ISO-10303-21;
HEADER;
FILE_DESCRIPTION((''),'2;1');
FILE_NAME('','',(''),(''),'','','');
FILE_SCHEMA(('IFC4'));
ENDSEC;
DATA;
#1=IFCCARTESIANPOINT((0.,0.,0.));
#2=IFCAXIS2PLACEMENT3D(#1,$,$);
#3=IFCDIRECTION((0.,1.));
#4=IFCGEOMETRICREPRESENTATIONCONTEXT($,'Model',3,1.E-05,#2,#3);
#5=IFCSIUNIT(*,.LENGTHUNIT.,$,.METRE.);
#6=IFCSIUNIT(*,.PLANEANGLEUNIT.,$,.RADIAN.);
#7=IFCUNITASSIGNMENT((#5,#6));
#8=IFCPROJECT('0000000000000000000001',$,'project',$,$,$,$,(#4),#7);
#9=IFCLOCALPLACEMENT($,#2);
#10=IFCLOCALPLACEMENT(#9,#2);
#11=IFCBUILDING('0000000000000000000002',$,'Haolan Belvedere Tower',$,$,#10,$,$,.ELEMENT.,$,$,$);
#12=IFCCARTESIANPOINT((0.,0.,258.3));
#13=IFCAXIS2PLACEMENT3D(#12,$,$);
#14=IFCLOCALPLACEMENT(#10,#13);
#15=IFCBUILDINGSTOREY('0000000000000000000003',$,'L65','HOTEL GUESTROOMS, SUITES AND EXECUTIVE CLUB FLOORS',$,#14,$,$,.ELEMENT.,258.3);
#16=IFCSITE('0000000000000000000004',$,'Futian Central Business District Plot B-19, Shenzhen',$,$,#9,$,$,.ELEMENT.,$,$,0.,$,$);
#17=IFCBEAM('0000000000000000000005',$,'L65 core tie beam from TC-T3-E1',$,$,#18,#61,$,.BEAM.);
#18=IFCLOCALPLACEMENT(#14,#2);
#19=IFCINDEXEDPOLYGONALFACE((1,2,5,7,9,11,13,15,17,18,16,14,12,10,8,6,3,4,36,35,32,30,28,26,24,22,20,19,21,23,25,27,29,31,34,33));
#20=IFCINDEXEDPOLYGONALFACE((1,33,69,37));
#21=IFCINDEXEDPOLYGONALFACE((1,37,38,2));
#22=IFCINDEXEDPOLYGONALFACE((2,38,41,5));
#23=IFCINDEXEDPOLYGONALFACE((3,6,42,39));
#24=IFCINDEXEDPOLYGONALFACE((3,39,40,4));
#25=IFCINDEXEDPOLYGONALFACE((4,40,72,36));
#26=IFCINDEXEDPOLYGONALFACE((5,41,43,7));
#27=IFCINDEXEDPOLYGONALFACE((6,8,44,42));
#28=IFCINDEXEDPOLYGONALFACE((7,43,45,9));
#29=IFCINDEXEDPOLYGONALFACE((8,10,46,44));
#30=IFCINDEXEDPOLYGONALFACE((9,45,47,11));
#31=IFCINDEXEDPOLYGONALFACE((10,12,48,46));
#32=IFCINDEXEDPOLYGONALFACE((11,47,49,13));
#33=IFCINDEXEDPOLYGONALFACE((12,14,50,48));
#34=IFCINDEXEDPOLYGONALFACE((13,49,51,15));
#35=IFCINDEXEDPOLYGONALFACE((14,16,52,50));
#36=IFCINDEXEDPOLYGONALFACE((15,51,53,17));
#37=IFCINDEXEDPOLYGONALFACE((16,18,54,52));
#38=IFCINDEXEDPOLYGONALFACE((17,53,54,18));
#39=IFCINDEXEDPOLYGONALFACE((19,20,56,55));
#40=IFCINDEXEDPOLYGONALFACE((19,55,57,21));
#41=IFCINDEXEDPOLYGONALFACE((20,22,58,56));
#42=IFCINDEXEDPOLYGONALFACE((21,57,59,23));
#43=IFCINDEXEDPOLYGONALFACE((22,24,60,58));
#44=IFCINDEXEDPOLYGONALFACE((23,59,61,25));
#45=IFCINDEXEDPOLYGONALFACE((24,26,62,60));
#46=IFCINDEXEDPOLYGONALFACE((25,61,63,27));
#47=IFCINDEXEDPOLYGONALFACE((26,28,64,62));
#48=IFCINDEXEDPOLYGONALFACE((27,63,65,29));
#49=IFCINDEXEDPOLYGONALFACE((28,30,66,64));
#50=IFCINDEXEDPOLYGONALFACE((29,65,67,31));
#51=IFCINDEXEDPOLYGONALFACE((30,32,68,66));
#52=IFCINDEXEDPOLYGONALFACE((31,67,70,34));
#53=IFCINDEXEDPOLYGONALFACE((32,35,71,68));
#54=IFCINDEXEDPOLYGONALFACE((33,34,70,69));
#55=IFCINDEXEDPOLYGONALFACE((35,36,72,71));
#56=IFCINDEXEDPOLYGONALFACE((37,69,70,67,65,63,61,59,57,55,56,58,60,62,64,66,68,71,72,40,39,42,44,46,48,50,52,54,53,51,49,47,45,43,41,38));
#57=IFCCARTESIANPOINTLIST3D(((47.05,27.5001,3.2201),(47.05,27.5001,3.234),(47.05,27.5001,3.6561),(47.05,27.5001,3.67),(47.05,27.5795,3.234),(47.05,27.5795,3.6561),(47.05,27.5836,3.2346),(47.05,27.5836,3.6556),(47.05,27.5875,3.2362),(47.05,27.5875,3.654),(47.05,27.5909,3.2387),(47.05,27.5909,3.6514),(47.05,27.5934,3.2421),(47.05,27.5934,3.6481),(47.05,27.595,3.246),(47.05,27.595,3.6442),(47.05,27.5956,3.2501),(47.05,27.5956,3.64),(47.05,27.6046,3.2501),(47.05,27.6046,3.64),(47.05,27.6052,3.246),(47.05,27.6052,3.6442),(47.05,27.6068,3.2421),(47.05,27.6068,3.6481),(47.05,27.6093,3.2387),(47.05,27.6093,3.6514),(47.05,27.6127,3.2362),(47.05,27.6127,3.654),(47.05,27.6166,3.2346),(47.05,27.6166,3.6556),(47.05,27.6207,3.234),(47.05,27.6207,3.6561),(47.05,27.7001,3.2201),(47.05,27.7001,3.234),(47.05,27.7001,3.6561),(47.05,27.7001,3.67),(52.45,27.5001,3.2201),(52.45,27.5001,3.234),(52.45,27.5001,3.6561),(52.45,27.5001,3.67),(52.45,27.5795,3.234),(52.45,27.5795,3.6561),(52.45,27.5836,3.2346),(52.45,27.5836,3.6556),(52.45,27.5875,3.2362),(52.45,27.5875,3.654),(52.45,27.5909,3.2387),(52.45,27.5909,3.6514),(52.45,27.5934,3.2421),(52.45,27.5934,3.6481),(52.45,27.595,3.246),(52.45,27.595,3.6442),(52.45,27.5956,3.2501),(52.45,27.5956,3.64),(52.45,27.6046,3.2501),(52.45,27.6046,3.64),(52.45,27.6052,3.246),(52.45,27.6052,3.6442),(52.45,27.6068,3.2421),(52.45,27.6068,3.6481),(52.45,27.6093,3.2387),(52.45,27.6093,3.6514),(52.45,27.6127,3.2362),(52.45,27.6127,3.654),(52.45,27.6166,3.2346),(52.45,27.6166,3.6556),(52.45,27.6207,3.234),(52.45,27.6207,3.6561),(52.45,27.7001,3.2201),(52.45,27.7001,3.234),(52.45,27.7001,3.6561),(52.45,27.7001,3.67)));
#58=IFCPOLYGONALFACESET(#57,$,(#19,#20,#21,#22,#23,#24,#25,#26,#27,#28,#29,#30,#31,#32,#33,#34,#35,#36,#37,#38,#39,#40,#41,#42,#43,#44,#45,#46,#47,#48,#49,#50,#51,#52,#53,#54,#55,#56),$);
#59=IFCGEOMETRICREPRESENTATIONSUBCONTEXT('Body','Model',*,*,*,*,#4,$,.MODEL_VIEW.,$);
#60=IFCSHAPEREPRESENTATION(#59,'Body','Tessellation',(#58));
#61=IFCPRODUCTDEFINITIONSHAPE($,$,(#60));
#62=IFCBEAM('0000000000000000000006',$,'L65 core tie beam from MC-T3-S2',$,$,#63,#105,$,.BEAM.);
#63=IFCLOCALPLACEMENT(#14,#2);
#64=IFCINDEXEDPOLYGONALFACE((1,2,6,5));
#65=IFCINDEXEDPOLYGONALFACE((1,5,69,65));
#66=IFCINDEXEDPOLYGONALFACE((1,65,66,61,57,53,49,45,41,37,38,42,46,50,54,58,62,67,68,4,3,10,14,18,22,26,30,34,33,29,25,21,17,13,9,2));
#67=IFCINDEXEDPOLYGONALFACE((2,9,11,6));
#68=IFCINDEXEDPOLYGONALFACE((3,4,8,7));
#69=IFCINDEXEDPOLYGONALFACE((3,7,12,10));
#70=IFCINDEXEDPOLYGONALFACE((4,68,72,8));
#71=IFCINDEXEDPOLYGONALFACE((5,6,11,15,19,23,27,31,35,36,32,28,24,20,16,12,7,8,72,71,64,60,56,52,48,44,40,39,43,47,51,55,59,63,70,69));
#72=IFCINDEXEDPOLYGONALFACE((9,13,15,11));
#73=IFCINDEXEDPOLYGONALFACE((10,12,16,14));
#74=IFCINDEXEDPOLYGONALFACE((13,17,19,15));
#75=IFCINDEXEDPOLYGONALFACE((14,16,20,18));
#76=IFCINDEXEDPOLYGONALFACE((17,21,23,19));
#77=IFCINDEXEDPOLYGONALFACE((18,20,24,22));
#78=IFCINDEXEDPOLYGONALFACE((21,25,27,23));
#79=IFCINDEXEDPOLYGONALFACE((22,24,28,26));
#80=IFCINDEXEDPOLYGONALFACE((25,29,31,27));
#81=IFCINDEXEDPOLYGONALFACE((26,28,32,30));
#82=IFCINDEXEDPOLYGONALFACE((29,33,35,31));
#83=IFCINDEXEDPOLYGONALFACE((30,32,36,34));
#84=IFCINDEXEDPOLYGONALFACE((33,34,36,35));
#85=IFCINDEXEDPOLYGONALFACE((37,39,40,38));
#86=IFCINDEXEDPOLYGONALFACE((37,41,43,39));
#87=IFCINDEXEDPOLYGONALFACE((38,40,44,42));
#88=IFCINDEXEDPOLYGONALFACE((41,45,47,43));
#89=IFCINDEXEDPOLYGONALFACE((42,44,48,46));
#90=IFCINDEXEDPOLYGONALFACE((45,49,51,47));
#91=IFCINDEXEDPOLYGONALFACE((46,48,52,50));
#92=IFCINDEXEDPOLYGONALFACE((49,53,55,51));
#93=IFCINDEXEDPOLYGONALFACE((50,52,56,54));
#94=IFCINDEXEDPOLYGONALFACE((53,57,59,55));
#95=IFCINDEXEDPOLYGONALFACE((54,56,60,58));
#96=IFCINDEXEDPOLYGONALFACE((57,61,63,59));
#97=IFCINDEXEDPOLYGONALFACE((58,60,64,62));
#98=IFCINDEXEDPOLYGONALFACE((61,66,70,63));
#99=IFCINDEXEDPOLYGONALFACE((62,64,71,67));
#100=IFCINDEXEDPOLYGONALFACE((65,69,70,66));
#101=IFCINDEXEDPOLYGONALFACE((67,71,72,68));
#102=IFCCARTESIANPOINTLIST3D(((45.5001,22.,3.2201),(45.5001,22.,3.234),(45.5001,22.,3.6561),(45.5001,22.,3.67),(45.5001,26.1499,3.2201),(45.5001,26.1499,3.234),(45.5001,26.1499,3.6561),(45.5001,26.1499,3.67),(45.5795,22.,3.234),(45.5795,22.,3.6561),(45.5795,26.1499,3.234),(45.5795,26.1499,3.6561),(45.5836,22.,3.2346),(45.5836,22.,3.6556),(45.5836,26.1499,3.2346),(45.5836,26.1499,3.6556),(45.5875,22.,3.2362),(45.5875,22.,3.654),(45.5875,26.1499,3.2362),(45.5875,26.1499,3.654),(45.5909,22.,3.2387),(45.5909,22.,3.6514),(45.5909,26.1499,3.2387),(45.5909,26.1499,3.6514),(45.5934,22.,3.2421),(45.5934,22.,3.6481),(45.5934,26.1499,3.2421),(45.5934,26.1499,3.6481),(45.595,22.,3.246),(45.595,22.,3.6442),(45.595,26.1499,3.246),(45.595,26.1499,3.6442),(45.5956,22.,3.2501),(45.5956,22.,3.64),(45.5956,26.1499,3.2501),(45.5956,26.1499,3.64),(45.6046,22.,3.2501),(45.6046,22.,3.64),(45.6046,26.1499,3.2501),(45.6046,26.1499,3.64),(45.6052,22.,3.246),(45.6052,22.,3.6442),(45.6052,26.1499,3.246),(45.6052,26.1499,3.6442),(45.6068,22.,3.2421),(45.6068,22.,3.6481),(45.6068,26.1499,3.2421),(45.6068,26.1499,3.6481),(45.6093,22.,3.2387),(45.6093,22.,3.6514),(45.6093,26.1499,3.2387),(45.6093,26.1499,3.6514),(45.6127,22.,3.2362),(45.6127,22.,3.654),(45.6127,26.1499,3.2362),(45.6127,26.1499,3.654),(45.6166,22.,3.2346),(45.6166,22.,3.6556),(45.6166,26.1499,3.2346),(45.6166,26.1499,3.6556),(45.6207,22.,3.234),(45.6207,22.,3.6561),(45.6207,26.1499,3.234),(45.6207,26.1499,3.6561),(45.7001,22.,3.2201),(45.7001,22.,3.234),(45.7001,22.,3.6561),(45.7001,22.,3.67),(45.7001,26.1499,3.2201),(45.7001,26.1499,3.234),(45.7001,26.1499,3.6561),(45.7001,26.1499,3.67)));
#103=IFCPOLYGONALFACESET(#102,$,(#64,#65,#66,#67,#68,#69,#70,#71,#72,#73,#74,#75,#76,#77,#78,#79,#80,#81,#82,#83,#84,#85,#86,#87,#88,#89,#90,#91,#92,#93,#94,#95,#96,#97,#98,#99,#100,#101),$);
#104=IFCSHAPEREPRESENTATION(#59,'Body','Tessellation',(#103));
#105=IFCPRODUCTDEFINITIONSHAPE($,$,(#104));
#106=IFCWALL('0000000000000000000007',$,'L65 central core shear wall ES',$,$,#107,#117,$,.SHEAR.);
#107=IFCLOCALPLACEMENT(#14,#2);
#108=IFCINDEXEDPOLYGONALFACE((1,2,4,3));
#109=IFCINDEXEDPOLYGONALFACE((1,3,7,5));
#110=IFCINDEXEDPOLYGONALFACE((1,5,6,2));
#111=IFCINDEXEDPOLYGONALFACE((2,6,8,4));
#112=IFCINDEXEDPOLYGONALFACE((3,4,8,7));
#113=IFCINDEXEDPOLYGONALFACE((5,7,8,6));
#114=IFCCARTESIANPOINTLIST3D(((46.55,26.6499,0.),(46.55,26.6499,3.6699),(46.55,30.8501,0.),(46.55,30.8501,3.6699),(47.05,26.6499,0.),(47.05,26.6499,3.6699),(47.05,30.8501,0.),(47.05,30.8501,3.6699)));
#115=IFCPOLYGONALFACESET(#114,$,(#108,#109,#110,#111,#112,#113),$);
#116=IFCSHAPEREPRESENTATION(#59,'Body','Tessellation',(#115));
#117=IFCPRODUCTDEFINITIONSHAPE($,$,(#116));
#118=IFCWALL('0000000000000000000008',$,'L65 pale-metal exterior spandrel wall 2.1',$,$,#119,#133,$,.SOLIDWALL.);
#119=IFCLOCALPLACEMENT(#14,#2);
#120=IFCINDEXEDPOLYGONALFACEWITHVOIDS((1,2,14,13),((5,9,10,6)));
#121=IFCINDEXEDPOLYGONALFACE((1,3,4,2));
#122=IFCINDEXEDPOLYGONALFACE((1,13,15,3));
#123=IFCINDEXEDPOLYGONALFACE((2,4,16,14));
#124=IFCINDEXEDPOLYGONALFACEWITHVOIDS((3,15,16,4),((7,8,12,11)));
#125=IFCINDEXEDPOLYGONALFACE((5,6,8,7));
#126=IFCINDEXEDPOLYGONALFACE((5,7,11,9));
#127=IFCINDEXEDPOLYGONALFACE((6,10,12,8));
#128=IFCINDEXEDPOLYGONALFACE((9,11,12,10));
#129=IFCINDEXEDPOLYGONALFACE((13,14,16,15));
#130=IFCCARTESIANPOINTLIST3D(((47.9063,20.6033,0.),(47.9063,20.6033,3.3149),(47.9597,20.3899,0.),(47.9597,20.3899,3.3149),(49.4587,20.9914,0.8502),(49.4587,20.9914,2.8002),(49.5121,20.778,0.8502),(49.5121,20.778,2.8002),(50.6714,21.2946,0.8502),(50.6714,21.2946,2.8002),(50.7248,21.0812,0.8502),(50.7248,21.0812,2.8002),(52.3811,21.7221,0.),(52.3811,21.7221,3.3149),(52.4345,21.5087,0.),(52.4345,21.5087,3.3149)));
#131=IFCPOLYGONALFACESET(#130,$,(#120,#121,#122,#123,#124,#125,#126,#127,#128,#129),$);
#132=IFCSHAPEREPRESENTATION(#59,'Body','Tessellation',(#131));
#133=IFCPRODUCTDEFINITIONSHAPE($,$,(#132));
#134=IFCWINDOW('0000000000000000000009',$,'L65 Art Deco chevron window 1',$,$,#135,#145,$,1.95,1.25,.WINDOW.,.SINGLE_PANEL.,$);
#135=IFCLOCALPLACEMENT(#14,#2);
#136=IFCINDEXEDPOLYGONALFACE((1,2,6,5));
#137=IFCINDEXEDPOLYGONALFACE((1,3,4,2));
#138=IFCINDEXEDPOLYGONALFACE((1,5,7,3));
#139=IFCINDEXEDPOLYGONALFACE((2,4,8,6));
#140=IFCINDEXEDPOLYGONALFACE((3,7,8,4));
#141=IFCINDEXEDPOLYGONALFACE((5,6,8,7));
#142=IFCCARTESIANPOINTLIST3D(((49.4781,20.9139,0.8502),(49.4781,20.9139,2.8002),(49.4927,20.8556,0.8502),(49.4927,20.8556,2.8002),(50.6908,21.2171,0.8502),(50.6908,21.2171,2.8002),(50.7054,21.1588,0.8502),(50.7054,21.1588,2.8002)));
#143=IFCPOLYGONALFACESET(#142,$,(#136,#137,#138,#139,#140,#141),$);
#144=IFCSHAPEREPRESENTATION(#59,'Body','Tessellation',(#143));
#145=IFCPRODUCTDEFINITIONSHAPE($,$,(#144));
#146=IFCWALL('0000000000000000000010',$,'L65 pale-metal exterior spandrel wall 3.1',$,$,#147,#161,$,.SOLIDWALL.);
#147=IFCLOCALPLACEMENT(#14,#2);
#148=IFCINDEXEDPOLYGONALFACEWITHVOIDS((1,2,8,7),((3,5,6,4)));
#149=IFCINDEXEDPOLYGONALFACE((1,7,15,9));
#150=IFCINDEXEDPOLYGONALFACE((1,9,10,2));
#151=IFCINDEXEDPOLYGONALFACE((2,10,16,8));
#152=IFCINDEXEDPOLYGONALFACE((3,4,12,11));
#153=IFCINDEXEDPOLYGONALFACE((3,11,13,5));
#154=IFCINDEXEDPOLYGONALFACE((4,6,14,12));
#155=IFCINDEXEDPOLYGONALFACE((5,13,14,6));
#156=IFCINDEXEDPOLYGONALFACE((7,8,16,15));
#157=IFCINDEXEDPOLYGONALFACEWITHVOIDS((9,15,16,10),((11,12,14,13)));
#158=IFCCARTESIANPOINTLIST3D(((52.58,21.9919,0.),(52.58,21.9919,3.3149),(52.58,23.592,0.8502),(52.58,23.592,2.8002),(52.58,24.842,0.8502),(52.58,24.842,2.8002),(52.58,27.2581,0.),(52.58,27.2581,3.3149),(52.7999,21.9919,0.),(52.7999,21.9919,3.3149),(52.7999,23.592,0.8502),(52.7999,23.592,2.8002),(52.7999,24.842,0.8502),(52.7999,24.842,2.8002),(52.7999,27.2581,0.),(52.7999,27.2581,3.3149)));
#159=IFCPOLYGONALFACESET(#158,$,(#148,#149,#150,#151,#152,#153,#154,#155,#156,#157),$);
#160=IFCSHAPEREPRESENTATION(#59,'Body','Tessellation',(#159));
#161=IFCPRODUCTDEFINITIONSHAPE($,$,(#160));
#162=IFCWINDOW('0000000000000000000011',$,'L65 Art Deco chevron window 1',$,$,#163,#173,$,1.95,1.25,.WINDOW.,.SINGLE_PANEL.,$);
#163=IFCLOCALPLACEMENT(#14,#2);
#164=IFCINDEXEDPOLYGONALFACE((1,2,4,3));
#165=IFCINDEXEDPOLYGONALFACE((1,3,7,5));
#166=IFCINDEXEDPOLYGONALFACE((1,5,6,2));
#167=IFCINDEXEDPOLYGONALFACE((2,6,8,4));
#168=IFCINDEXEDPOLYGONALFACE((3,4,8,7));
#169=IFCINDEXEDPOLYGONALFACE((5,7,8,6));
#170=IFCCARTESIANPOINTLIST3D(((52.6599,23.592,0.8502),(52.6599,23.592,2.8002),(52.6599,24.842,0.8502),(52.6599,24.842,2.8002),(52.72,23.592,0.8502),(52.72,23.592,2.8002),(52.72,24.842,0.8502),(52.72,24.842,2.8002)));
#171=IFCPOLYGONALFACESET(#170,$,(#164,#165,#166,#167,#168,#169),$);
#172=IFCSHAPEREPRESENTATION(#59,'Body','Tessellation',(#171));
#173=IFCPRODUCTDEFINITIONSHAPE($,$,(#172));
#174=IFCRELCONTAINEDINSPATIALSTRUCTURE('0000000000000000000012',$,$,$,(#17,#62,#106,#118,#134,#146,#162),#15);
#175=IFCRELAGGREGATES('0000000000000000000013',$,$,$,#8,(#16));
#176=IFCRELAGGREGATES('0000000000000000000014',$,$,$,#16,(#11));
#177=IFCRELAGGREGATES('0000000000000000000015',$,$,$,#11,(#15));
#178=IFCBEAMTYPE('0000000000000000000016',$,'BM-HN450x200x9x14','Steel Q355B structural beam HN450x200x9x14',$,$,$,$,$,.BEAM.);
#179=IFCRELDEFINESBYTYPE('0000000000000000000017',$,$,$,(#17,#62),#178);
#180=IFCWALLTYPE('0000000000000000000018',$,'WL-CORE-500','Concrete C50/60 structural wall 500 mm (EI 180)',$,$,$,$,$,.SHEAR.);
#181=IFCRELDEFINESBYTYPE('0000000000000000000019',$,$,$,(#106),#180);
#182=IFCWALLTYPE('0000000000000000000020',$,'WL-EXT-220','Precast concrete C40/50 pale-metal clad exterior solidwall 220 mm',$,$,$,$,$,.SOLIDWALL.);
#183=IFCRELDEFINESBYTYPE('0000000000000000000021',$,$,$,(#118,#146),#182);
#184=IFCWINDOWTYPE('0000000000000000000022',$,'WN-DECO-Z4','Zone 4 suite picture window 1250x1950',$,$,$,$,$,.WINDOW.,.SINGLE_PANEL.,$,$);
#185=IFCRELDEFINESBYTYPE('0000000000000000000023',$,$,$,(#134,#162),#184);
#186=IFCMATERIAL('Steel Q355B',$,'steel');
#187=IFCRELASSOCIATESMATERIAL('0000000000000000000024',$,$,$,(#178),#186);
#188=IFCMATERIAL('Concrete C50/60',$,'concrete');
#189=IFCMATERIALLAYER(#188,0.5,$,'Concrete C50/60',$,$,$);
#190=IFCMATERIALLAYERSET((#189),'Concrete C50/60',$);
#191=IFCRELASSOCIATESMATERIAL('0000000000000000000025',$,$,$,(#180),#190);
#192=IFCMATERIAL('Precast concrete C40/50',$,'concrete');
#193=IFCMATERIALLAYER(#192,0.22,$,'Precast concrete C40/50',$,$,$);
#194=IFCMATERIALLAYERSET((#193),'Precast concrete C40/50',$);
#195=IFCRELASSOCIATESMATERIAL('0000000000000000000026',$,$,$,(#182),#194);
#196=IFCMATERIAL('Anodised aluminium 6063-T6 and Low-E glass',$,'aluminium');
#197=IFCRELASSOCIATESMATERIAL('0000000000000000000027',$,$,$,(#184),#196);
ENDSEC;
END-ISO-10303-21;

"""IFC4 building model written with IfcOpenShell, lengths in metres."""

from ifc_helpers import new_model, si_unit, direction, frame, frame_2d, origin, origin_2d, place, context, subcontext, project, spatial, rectangle, i_section, extrude, material, layer, layer_set, material_profile, profile_set, type_object, element, fill, save


model = new_model("IFC4")

# Units and contexts
model_context = context("Model", 3, precision=1e-05, world=origin(), true_north=direction((0.0, 1.0)))
body_context = subcontext(model_context, "Body", "Model", "MODEL_VIEW")
ifc_project = project(units=[si_unit("LENGTHUNIT", "METRE"), si_unit("PLANEANGLEUNIT", "RADIAN")], contexts=[model_context])

# Site, building, storey
site_placement = place(None, origin())
site = spatial("IfcSite", under=ifc_project, at=site_placement, Name="Futian Central Business District Plot B-19, Shenzhen", CompositionType="ELEMENT", RefElevation=0.0)
building_placement = place(site_placement, origin())
building = spatial("IfcBuilding", under=site, at=building_placement, Name="Haolan Belvedere Tower", CompositionType="ELEMENT")
storey_placement = place(building_placement, frame((0.0, 0.0, 258.3)))
storey = spatial("IfcBuildingStorey", under=building, at=storey_placement, Name="L65", Description="HOTEL GUESTROOMS, SUITES AND EXECUTIVE CLUB FLOORS", CompositionType="ELEMENT", Elevation=258.3)

# Beams
ifc_material_1 = material(Name="Steel Q355B", Category="steel")
ifc_material_profile_1 = material_profile(ifc_material_1, i_section(OverallWidth=0.2, OverallDepth=0.45, WebThickness=0.009, FlangeThickness=0.0139, FilletRadius=0.0161, at=origin_2d()), Name="Steel Q355B")
ifc_profile_set_1 = profile_set([ifc_material_profile_1], Name="Steel Q355B")
beam_type_1 = type_object("IfcBeamType", Name="BM-HN450x200x9x14", Description="Steel Q355B structural beam HN450x200x9x14", PredefinedType="BEAM", material=ifc_profile_set_1)
beam_1_placement = place(storey_placement, frame((52.45, 27.6001, 3.4451), z_axis=(-1.0, 0.0, 0.0), x_axis=(0.0, -1.0, 0.0)))
element("IfcBeam", 1, at=beam_1_placement, inside=storey, type_object=beam_type_1, Name="L65 core tie beam from TC-T3-E1", PredefinedType="BEAM", context=body_context, shape_type="SweptSolid", body=[
    extrude(i_section(OverallWidth=0.2, OverallDepth=0.45, WebThickness=0.009, FlangeThickness=0.0139, FilletRadius=0.0161, at=origin_2d()), origin(), (0.0, 0.0, 1.0), 5.3999),
])
beam_2_placement = place(storey_placement, frame((45.6001, 22.0, 3.4451), z_axis=(0.0, 1.0, 0.0), x_axis=(-1.0, 0.0, 0.0)))
element("IfcBeam", 2, at=beam_2_placement, inside=storey, type_object=beam_type_1, Name="L65 core tie beam from MC-T3-S2", PredefinedType="BEAM", context=body_context, shape_type="SweptSolid", body=[
    extrude(i_section(OverallWidth=0.2, OverallDepth=0.45, WebThickness=0.009, FlangeThickness=0.0139, FilletRadius=0.0161, at=origin_2d()), origin(), (0.0, 0.0, 1.0), 4.1499),
])

# Wall
ifc_material_2 = material(Name="Concrete C50/60", Category="concrete")
ifc_layer_1 = layer(ifc_material_2, 0.5, Name="Concrete C50/60")
ifc_layer_set_1 = layer_set([ifc_layer_1], Name="Concrete C50/60")
wall_type_1 = type_object("IfcWallType", Name="WL-CORE-500", Description="Concrete C50/60 structural wall 500 mm (EI 180)", PredefinedType="SHEAR", material=ifc_layer_set_1)
wall_1_placement = place(storey_placement, frame((46.8, 26.6499, 0.0), z_axis=(0.0, 0.0, 1.0), x_axis=(0.0, 1.0, 0.0)))
element("IfcWall", 3, at=wall_1_placement, inside=storey, type_object=wall_type_1, Name="L65 central core shear wall ES", PredefinedType="SHEAR", context=body_context, shape_type="SweptSolid", body=[
    extrude(rectangle(XDim=4.2002, YDim=0.5, at=frame_2d((2.1001, 0.0))), origin(), (0.0, 0.0, 1.0), 3.6699),
])

# Walls, openings, windows
ifc_material_3 = material(Name="Precast concrete C40/50", Category="concrete")
ifc_layer_2 = layer(ifc_material_3, 0.22, Name="Precast concrete C40/50")
ifc_layer_set_2 = layer_set([ifc_layer_2], Name="Precast concrete C40/50")
wall_type_2 = type_object("IfcWallType", Name="WL-EXT-220", Description="Precast concrete C40/50 pale-metal clad exterior solidwall 220 mm", PredefinedType="SOLIDWALL", material=ifc_layer_set_2)
wall_2_placement = place(storey_placement, frame((47.9331, 20.4966, 0.0), z_axis=(0.0, 0.0, 1.0), x_axis=(0.970133, 0.242573, 0.0)))
wall_2 = element("IfcWall", 4, at=wall_2_placement, inside=storey, type_object=wall_type_2, Name="L65 pale-metal exterior spandrel wall 2.1", PredefinedType="SOLIDWALL", context=body_context, shape_type="SweptSolid", body=[
    extrude(rectangle(XDim=4.6125, YDim=0.22, at=frame_2d((2.3062, 0.0))), origin(), (0.0, 0.0, 1.0), 3.3149),
])
opening_1_placement = place(wall_2_placement, frame((1.6001, 0.0, 0.8501)))
opening_1 = element("IfcOpeningElement", 5, at=opening_1_placement, cuts=wall_2, PredefinedType="OPENING", context=body_context, shape_type="SweptSolid", body=[
    extrude(rectangle(XDim=1.25, YDim=1.95, at=frame_2d((0.625, 0.9751))), frame((0.0, 0.1199, 0.0), z_axis=(0.0, -1.0, 0.0), x_axis=(1.0, 0.0, 0.0)), (0.0, 0.0, 1.0), 0.24),
])
ifc_material_4 = material(Name="Anodised aluminium 6063-T6 and Low-E glass", Category="aluminium")
window_type = type_object("IfcWindowType", Name="WN-DECO-Z4", Description="Zone 4 suite picture window 1250x1950", PartitioningType="SINGLE_PANEL", PredefinedType="WINDOW", material=ifc_material_4)
window_1_placement = place(opening_1_placement, origin())
window_1 = element("IfcWindow", 6, at=window_1_placement, inside=storey, type_object=window_type, Name="L65 Art Deco chevron window 1", OverallHeight=1.95, OverallWidth=1.25, PartitioningType="SINGLE_PANEL", PredefinedType="WINDOW", context=body_context, shape_type="SweptSolid", body=[
    extrude(rectangle(XDim=1.25, YDim=1.95, at=frame_2d((0.625, 0.9751))), frame((0.0, 0.03, 0.0), z_axis=(0.0, -1.0, 0.0), x_axis=(1.0, 0.0, 0.0)), (0.0, 0.0, 1.0), 0.0601),
])
fill(opening_1, window_1)
wall_3_placement = place(storey_placement, frame((52.6899, 21.9919, 0.0), z_axis=(0.0, 0.0, 1.0), x_axis=(0.0, 1.0, 0.0)))
wall_3 = element("IfcWall", 7, at=wall_3_placement, inside=storey, type_object=wall_type_2, Name="L65 pale-metal exterior spandrel wall 3.1", PredefinedType="SOLIDWALL", context=body_context, shape_type="SweptSolid", body=[
    extrude(rectangle(XDim=5.2661, YDim=0.22, at=frame_2d((2.6331, 0.0))), origin(), (0.0, 0.0, 1.0), 3.3149),
])
opening_2_placement = place(wall_3_placement, frame((1.6001, 0.0, 0.8501)))
opening_2 = element("IfcOpeningElement", 8, at=opening_2_placement, cuts=wall_3, PredefinedType="OPENING", context=body_context, shape_type="SweptSolid", body=[
    extrude(rectangle(XDim=1.25, YDim=1.95, at=frame_2d((0.625, 0.9751))), frame((0.0, 0.1199, 0.0), z_axis=(0.0, -1.0, 0.0), x_axis=(1.0, 0.0, 0.0)), (0.0, 0.0, 1.0), 0.24),
])
window_2_placement = place(opening_2_placement, origin())
window_2 = element("IfcWindow", 9, at=window_2_placement, inside=storey, type_object=window_type, Name="L65 Art Deco chevron window 1", OverallHeight=1.95, OverallWidth=1.25, PartitioningType="SINGLE_PANEL", PredefinedType="WINDOW", context=body_context, shape_type="SweptSolid", body=[
    extrude(rectangle(XDim=1.25, YDim=1.95, at=frame_2d((0.625, 0.9751))), frame((0.0, 0.03, 0.0), z_axis=(0.0, -1.0, 0.0), x_axis=(1.0, 0.0, 0.0)), (0.0, 0.0, 1.0), 0.0601),
])
fill(opening_2, window_2)

save(model, "model.ifc")
